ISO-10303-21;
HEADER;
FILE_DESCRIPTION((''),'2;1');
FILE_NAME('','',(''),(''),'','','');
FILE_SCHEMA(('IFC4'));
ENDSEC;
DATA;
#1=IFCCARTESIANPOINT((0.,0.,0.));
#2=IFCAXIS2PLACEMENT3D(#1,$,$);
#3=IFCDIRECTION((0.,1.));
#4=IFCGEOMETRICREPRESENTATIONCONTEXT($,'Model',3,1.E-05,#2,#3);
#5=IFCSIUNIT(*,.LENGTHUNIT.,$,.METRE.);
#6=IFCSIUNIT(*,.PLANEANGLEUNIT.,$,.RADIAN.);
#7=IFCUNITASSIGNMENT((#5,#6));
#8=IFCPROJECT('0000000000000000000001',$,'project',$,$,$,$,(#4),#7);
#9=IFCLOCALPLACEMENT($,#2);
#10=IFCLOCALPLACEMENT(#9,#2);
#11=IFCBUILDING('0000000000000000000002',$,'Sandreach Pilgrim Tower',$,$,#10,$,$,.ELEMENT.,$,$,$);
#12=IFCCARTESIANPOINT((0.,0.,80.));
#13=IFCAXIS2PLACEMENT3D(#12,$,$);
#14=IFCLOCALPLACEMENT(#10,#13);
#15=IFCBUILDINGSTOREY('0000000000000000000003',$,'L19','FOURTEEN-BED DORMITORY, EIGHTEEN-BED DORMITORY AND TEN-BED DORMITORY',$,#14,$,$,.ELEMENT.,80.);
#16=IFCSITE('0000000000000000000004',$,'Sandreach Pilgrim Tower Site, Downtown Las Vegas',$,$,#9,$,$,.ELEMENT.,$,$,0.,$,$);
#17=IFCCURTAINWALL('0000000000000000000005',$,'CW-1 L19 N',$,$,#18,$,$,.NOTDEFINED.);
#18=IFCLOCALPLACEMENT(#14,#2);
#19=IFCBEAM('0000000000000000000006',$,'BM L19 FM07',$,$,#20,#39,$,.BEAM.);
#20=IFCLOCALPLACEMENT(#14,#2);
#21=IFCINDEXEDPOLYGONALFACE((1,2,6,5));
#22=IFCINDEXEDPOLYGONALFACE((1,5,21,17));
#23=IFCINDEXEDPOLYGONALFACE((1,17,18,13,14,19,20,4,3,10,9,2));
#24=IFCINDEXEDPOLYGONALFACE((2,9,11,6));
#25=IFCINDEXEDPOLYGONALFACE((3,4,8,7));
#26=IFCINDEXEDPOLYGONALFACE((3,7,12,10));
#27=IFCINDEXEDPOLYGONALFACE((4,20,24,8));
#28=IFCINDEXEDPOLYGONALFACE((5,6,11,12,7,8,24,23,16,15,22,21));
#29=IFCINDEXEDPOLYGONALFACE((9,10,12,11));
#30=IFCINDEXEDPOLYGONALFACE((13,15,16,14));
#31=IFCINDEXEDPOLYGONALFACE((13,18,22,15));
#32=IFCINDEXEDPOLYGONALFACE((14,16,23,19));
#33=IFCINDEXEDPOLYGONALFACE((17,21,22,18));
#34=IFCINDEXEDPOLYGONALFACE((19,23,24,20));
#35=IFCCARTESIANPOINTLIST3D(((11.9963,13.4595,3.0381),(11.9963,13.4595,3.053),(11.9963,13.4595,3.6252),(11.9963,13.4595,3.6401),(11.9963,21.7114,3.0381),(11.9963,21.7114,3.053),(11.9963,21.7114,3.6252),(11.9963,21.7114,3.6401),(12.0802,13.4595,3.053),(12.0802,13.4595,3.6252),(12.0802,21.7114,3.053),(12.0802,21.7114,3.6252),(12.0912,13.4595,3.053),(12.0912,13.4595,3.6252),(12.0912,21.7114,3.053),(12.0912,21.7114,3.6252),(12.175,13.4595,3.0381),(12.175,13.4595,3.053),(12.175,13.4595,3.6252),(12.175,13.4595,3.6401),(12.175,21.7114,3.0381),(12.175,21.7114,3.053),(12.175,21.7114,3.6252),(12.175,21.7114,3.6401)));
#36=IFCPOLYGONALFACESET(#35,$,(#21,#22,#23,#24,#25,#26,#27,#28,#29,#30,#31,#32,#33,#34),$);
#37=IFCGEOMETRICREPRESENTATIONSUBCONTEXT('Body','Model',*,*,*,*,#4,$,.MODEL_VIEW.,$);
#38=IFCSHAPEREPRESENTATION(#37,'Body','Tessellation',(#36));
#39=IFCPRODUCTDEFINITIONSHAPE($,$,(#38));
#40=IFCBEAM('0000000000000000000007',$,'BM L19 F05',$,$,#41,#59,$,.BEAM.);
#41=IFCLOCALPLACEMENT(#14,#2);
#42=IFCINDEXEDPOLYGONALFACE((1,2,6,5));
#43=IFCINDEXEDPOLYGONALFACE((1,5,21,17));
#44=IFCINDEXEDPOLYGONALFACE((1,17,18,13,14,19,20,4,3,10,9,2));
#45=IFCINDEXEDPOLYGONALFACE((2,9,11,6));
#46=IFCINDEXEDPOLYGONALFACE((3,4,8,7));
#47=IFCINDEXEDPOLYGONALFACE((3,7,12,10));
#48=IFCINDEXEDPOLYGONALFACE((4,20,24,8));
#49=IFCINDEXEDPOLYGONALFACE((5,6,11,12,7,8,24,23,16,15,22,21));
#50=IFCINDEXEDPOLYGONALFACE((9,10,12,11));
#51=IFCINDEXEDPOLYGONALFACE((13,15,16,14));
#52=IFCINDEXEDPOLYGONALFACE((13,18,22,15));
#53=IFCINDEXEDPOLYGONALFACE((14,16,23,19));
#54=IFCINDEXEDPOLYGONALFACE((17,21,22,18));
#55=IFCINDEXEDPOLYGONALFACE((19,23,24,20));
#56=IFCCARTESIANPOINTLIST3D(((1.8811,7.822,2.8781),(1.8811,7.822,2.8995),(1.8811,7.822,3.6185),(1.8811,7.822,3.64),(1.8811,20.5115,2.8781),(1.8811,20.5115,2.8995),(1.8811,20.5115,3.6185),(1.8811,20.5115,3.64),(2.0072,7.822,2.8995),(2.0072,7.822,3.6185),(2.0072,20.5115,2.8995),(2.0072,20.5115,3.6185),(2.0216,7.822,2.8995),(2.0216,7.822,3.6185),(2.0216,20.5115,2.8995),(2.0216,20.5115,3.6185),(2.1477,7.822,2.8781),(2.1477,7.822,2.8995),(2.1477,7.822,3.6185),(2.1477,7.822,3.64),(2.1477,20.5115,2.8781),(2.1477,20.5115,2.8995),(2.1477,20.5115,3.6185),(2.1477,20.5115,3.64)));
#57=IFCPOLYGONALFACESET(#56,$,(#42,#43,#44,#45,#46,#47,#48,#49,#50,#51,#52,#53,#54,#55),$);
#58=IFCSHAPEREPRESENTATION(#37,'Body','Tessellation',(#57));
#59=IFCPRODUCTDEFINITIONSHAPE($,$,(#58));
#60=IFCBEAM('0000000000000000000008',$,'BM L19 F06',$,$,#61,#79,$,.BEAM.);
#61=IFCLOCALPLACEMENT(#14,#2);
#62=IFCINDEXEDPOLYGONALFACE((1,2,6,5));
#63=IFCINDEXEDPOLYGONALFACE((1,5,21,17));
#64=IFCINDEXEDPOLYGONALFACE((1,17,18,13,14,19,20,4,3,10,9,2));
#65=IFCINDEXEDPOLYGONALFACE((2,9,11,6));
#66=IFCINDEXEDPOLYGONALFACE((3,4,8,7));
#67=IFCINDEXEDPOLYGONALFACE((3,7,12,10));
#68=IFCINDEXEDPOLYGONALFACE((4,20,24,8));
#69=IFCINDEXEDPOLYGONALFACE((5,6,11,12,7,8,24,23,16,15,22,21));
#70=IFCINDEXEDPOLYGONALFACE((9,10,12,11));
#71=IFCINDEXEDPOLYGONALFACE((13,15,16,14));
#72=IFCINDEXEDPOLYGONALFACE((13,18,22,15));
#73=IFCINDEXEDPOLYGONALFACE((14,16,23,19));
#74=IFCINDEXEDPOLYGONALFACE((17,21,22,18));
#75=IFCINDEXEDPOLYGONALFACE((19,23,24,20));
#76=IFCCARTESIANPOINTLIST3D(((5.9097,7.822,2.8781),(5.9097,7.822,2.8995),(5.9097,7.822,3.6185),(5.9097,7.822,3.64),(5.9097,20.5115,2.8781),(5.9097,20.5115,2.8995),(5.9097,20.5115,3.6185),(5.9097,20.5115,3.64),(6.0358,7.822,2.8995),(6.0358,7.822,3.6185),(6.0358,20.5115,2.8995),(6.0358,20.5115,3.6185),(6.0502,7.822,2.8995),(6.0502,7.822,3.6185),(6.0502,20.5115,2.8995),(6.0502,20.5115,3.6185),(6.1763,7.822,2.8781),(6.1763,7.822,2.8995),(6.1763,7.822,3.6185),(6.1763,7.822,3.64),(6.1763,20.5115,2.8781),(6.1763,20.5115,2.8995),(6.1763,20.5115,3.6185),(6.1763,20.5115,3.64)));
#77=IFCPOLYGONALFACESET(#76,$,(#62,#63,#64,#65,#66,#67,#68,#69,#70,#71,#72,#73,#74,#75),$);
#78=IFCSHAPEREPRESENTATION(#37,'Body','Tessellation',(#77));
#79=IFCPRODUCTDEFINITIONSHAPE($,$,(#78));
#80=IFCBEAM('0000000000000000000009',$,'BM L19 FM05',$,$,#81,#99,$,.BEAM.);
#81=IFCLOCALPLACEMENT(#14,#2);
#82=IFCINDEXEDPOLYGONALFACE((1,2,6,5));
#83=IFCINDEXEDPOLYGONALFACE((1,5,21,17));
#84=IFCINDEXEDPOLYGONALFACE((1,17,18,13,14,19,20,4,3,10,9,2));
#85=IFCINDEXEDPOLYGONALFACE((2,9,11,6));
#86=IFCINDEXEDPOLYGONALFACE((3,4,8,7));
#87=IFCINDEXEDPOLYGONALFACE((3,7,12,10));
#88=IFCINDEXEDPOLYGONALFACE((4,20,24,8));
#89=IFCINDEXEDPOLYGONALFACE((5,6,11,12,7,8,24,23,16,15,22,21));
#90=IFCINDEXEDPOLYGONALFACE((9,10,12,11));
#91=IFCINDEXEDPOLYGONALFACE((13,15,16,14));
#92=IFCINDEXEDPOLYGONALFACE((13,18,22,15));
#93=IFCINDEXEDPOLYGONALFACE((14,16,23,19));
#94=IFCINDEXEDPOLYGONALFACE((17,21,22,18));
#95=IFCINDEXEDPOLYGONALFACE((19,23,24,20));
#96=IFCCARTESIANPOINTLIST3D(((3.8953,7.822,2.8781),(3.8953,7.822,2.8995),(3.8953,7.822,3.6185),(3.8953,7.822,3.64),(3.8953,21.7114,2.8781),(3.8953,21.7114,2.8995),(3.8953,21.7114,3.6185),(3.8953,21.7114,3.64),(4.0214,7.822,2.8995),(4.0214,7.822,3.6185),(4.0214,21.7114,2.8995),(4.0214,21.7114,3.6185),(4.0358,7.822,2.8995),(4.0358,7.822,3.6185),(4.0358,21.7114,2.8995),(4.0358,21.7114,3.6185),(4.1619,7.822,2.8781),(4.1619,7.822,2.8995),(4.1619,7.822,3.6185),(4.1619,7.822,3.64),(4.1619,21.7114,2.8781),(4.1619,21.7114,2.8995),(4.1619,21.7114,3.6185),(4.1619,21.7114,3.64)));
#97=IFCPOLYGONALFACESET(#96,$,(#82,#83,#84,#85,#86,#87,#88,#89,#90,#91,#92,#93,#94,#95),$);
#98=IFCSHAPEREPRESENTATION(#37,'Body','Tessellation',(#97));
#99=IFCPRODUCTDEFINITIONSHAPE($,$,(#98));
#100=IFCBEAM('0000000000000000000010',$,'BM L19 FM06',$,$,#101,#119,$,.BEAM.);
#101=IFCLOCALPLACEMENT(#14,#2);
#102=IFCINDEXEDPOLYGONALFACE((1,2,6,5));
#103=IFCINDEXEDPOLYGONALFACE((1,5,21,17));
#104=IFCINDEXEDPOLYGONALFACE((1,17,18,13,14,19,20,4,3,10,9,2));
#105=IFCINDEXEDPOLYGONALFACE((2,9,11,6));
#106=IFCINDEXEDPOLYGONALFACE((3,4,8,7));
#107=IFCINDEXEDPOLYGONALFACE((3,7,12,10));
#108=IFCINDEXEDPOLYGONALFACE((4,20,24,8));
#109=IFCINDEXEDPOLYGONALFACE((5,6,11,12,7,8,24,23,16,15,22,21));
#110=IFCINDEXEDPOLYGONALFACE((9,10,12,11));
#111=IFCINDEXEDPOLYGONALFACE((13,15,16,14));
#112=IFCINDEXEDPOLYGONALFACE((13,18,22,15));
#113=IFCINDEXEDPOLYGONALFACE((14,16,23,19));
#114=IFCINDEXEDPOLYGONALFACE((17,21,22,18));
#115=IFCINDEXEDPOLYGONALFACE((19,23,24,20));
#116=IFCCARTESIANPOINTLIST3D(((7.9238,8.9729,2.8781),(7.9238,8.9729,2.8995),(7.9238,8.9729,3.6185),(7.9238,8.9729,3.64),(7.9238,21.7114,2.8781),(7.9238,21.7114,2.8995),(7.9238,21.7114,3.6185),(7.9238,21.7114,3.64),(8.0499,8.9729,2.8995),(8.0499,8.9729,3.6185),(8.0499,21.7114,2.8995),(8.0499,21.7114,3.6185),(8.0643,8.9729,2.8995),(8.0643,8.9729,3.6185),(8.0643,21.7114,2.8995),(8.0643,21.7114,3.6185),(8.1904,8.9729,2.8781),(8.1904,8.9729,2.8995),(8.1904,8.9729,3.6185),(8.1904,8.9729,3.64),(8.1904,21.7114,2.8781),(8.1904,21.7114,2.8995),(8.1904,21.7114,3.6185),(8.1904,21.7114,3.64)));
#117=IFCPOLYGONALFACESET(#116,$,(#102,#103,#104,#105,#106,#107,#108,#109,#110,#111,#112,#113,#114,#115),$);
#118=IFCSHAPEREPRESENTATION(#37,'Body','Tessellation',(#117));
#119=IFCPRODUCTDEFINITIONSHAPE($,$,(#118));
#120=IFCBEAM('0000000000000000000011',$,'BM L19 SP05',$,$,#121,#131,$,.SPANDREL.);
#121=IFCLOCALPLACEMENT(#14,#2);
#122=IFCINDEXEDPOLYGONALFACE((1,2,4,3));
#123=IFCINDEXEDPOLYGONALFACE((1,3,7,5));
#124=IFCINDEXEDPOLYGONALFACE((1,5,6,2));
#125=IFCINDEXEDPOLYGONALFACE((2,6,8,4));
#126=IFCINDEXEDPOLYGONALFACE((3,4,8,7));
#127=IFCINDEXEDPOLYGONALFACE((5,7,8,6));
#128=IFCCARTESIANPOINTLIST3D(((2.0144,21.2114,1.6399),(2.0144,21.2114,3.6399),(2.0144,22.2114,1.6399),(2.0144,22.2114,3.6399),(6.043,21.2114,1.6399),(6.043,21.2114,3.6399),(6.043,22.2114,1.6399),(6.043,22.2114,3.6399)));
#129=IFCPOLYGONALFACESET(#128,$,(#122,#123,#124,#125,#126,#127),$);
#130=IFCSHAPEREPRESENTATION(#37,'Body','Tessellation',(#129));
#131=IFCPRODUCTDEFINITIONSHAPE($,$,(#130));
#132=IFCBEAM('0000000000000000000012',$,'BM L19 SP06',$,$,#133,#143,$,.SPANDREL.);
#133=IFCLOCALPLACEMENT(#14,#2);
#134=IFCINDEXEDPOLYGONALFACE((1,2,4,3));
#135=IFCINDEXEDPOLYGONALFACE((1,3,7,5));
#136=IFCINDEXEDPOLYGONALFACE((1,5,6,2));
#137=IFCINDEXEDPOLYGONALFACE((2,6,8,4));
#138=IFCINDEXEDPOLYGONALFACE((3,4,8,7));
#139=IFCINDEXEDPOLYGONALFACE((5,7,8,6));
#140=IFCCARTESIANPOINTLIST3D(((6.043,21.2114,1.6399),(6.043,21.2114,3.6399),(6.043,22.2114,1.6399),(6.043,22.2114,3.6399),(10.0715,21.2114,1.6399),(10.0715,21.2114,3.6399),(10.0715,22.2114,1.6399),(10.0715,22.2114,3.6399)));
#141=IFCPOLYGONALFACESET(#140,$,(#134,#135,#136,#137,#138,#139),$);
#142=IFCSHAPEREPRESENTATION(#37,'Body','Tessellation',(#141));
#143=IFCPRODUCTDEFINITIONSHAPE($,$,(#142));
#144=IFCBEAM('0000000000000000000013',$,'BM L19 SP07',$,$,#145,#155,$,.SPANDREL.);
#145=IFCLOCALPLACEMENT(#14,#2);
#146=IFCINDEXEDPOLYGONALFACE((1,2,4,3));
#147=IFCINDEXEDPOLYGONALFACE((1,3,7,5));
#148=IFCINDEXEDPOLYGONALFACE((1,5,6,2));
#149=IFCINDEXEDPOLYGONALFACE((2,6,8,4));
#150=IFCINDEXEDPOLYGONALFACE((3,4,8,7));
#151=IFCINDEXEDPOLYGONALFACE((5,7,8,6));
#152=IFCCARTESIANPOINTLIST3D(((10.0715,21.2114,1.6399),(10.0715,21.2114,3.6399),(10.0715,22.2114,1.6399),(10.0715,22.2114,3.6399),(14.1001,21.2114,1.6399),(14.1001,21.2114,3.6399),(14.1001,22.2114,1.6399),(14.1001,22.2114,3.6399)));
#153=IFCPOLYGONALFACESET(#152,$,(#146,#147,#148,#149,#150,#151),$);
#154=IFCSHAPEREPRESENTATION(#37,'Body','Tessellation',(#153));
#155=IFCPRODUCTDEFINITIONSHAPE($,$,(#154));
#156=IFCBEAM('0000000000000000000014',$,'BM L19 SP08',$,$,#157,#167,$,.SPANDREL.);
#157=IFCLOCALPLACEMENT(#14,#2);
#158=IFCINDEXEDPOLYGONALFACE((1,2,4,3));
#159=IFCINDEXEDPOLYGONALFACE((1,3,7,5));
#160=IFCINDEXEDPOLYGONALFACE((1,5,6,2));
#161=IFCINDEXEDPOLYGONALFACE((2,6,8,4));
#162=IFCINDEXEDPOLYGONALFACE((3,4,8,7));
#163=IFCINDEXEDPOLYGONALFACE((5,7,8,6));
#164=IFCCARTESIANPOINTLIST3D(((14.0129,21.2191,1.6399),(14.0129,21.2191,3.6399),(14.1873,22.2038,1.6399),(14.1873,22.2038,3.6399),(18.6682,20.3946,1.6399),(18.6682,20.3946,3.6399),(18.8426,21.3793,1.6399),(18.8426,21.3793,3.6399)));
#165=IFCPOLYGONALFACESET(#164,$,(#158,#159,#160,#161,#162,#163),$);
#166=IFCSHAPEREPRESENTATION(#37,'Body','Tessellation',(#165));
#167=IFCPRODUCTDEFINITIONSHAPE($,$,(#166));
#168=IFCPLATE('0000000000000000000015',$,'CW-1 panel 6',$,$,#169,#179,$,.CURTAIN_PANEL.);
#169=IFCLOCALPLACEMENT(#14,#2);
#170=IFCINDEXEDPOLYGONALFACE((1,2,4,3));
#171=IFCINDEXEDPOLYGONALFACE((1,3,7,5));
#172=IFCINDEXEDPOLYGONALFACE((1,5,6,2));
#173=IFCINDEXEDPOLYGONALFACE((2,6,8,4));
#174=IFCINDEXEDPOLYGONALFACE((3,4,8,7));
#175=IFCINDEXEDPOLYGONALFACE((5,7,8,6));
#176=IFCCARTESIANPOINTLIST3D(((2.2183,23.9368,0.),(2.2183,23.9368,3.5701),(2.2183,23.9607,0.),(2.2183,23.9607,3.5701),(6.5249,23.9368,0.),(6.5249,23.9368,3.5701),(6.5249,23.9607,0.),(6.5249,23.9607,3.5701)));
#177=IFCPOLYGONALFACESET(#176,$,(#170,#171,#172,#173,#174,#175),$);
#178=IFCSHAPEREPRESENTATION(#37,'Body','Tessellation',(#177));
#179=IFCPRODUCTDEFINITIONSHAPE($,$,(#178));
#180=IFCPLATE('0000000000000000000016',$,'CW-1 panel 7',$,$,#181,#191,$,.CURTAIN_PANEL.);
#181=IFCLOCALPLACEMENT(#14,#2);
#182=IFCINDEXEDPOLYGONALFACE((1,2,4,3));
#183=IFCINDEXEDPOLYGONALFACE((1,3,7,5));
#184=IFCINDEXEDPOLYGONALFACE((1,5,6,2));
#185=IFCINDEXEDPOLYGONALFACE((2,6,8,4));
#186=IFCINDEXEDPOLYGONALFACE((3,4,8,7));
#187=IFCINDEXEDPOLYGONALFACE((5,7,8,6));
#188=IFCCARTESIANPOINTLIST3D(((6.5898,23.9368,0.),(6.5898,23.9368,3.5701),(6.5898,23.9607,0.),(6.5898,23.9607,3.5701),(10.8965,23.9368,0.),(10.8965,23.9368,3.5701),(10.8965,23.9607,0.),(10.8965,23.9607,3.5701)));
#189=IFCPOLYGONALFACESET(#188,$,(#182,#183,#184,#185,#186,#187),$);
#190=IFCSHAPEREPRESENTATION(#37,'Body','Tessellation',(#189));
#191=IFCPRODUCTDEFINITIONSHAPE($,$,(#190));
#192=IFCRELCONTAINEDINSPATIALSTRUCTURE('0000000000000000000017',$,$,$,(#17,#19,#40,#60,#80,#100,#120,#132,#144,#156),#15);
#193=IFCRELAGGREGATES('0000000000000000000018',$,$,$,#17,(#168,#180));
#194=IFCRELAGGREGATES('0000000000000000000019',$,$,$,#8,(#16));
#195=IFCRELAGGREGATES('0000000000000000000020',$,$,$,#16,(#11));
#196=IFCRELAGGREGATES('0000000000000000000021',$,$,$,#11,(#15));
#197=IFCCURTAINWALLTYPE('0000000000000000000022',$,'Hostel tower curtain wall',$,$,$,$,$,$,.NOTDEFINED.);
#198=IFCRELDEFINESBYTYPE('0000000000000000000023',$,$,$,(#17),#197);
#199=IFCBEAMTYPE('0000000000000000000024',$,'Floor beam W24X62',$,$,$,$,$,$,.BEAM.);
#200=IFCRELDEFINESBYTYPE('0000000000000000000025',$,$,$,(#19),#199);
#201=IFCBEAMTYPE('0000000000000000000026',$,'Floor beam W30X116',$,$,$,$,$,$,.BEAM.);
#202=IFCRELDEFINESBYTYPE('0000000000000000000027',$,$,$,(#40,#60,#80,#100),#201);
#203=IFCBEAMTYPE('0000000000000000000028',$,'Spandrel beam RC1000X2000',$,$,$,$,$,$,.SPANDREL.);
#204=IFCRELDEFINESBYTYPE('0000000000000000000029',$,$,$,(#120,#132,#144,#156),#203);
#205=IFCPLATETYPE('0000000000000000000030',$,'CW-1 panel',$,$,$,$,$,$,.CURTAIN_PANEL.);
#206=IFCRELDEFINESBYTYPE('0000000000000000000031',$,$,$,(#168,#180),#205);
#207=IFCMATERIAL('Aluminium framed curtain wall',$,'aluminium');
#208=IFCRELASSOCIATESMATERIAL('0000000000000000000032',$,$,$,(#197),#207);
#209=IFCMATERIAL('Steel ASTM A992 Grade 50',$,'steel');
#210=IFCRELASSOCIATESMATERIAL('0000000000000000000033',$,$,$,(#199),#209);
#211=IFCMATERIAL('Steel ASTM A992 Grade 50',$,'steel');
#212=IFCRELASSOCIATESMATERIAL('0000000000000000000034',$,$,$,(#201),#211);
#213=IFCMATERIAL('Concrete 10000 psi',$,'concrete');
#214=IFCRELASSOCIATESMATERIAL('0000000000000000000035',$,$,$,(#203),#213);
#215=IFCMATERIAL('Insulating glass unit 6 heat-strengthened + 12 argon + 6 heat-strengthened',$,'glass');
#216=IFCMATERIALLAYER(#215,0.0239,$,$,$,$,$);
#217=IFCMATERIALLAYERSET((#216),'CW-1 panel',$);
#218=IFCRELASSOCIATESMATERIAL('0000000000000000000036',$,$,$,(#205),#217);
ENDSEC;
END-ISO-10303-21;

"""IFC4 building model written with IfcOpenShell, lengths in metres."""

from ifc_helpers import new_model, si_unit, direction, frame, origin, origin_2d, place, context, subcontext, project, spatial, rectangle, i_section, extrude, material, layer, layer_set, material_profile, profile_set, type_object, element, aggregate, save


model = new_model("IFC4")

# Units and contexts
model_context = context("Model", 3, precision=1e-05, world=origin(), true_north=direction((0.0, 1.0)))
body_context = subcontext(model_context, "Body", "Model", "MODEL_VIEW")
ifc_project = project(units=[si_unit("LENGTHUNIT", "METRE"), si_unit("PLANEANGLEUNIT", "RADIAN")], contexts=[model_context])

# Site, building, storey
site_placement = place(None, origin())
site = spatial("IfcSite", under=ifc_project, at=site_placement, Name="Sandreach Pilgrim Tower Site, Downtown Las Vegas", CompositionType="ELEMENT", RefElevation=0.0)
building_placement = place(site_placement, origin())
building = spatial("IfcBuilding", under=site, at=building_placement, Name="Sandreach Pilgrim Tower", CompositionType="ELEMENT")
storey_placement = place(building_placement, frame((0.0, 0.0, 80.0)))
storey = spatial("IfcBuildingStorey", under=building, at=storey_placement, Name="L19", Description="FOURTEEN-BED DORMITORY, EIGHTEEN-BED DORMITORY AND TEN-BED DORMITORY", CompositionType="ELEMENT", Elevation=80.0)

# Curtain wall
ifc_material_1 = material(Name="Aluminium framed curtain wall", Category="aluminium")
curtain_wall_type = type_object("IfcCurtainWallType", Name="Hostel tower curtain wall", PredefinedType="NOTDEFINED", material=ifc_material_1)
curtain_wall_placement = place(storey_placement, origin())
curtain_wall = element("IfcCurtainWall", 1, at=curtain_wall_placement, inside=storey, type_object=curtain_wall_type, Name="CW-1 L19 N", PredefinedType="NOTDEFINED")

# Beams
ifc_material_2 = material(Name="Steel ASTM A992 Grade 50", Category="steel")
ifc_material_profile_1 = material_profile(ifc_material_2, i_section(OverallWidth=0.1787, OverallDepth=0.6021, WebThickness=0.011, FlangeThickness=0.0149, at=origin_2d()), Name="W24X62")
ifc_profile_set_1 = profile_set([ifc_material_profile_1], Name="Steel ASTM A992 Grade 50")
beam_type_1 = type_object("IfcBeamType", Name="Floor beam W24X62", PredefinedType="BEAM", material=ifc_profile_set_1)
beam_1_placement = place(storey_placement, frame((12.0857, 21.7114, 3.3391), z_axis=(0.0, -1.0, 0.0), x_axis=(1.0, 0.0, 0.0)))
element("IfcBeam", 2, at=beam_1_placement, inside=storey, type_object=beam_type_1, Name="BM L19 FM07", PredefinedType="BEAM", context=body_context, shape_type="SweptSolid", body=[
    extrude(i_section(OverallWidth=0.1787, OverallDepth=0.6021, WebThickness=0.011, FlangeThickness=0.0149, at=origin_2d()), origin(), (0.0, 0.0, 1.0), 8.252),
])
ifc_material_3 = material(Name="Steel ASTM A992 Grade 50", Category="steel")
ifc_material_profile_2 = material_profile(ifc_material_3, i_section(OverallWidth=0.2666, OverallDepth=0.762, WebThickness=0.0144, FlangeThickness=0.0215, at=origin_2d()), Name="W30X116")
ifc_profile_set_2 = profile_set([ifc_material_profile_2], Name="Steel ASTM A992 Grade 50")
beam_type_2 = type_object("IfcBeamType", Name="Floor beam W30X116", PredefinedType="BEAM", material=ifc_profile_set_2)
for number, where, z_axis, x_axis, name in (
    (3, (2.0144, 20.5115, 3.259), (0.0, -1.0, 0.0), (1.0, 0.0, 0.0), "BM L19 F05"),
    (4, (6.043, 20.5115, 3.259), (0.0, -1.0, 0.0), (1.0, 0.0, 0.0), "BM L19 F06"),
):
    element("IfcBeam", number, at=place(storey_placement, frame(where, z_axis=z_axis, x_axis=x_axis)), inside=storey, type_object=beam_type_2, Name=name, PredefinedType="BEAM", context=body_context, shape_type="SweptSolid", body=[
        extrude(i_section(OverallWidth=0.2666, OverallDepth=0.762, WebThickness=0.0144, FlangeThickness=0.0215, at=origin_2d()), origin(), (0.0, 0.0, 1.0), 12.6895),
    ])
beam_2_placement = place(storey_placement, frame((4.0286, 21.7114, 3.259), z_axis=(0.0, -1.0, 0.0), x_axis=(1.0, 0.0, 0.0)))
element("IfcBeam", 5, at=beam_2_placement, inside=storey, type_object=beam_type_2, Name="BM L19 FM05", PredefinedType="BEAM", context=body_context, shape_type="SweptSolid", body=[
    extrude(i_section(OverallWidth=0.2666, OverallDepth=0.762, WebThickness=0.0144, FlangeThickness=0.0215, at=origin_2d()), origin(), (0.0, 0.0, 1.0), 13.8894),
])
beam_3_placement = place(storey_placement, frame((8.0571, 21.7114, 3.259), z_axis=(0.0, -1.0, 0.0), x_axis=(1.0, 0.0, 0.0)))
element("IfcBeam", 6, at=beam_3_placement, inside=storey, type_object=beam_type_2, Name="BM L19 FM06", PredefinedType="BEAM", context=body_context, shape_type="SweptSolid", body=[
    extrude(i_section(OverallWidth=0.2666, OverallDepth=0.762, WebThickness=0.0144, FlangeThickness=0.0215, at=origin_2d()), origin(), (0.0, 0.0, 1.0), 12.7385),
])
ifc_material_4 = material(Name="Concrete 10000 psi", Category="concrete")
ifc_material_profile_3 = material_profile(ifc_material_4, rectangle(XDim=1.0, YDim=2.0, at=origin_2d()), Name="RC1000X2000")
ifc_profile_set_3 = profile_set([ifc_material_profile_3], Name="Concrete 10000 psi")
beam_type_3 = type_object("IfcBeamType", Name="Spandrel beam RC1000X2000", PredefinedType="SPANDREL", material=ifc_profile_set_3)
for number, where, z_axis, x_axis, name in (
    (7, (2.0144, 21.7114, 2.6399), (1.0, 0.0, 0.0), (0.0, 1.0, 0.0), "BM L19 SP05"),
    (8, (6.043, 21.7114, 2.6399), (1.0, 0.0, 0.0), (0.0, 1.0, 0.0), "BM L19 SP06"),
    (9, (10.0715, 21.7114, 2.6399), (1.0, 0.0, 0.0), (0.0, 1.0, 0.0), "BM L19 SP07"),
):
    element("IfcBeam", number, at=place(storey_placement, frame(where, z_axis=z_axis, x_axis=x_axis)), inside=storey, type_object=beam_type_3, Name=name, PredefinedType="SPANDREL", context=body_context, shape_type="SweptSolid", body=[
        extrude(rectangle(XDim=1.0, YDim=2.0, at=origin_2d()), origin(), (0.0, 0.0, 1.0), 4.0286),
    ])
beam_4_placement = place(storey_placement, frame((14.1001, 21.7114, 2.6399), z_axis=(0.984677, -0.174389, 0.0), x_axis=(0.174389, 0.984677, 0.0)))
element("IfcBeam", 10, at=beam_4_placement, inside=storey, type_object=beam_type_3, Name="BM L19 SP08", PredefinedType="SPANDREL", context=body_context, shape_type="SweptSolid", body=[
    extrude(rectangle(XDim=1.0, YDim=2.0, at=origin_2d()), origin(), (0.0, 0.0, 1.0), 4.7278),
])

# Plates
ifc_material_5 = material(Name="Insulating glass unit 6 heat-strengthened + 12 argon + 6 heat-strengthened", Category="glass")
ifc_layer_1 = layer(ifc_material_5, 0.0239)
ifc_layer_set_1 = layer_set([ifc_layer_1], Name="CW-1 panel")
plate_type = type_object("IfcPlateType", Name="CW-1 panel", PredefinedType="CURTAIN_PANEL", material=ifc_layer_set_1)
plate_1_placement = place(storey_placement, frame((4.3716, 23.9487, 0.0), z_axis=(0.0, 0.0, 1.0), x_axis=(1.0, 0.0, 0.0)))
plate_1 = element("IfcPlate", 11, at=plate_1_placement, type_object=plate_type, Name="CW-1 panel 6", PredefinedType="CURTAIN_PANEL", context=body_context, shape_type="SweptSolid", body=[
    extrude(rectangle(XDim=4.3066, YDim=0.0239, at=origin_2d()), origin(), (0.0, 0.0, 1.0), 3.5701),
])
plate_2_placement = place(storey_placement, frame((8.7432, 23.9487, 0.0), z_axis=(0.0, 0.0, 1.0), x_axis=(1.0, 0.0, 0.0)))
plate_2 = element("IfcPlate", 12, at=plate_2_placement, type_object=plate_type, Name="CW-1 panel 7", PredefinedType="CURTAIN_PANEL", context=body_context, shape_type="SweptSolid", body=[
    extrude(rectangle(XDim=4.3066, YDim=0.0239, at=origin_2d()), origin(), (0.0, 0.0, 1.0), 3.5701),
])
aggregate(curtain_wall, [plate_1, plate_2])

save(model, "model.ifc")
